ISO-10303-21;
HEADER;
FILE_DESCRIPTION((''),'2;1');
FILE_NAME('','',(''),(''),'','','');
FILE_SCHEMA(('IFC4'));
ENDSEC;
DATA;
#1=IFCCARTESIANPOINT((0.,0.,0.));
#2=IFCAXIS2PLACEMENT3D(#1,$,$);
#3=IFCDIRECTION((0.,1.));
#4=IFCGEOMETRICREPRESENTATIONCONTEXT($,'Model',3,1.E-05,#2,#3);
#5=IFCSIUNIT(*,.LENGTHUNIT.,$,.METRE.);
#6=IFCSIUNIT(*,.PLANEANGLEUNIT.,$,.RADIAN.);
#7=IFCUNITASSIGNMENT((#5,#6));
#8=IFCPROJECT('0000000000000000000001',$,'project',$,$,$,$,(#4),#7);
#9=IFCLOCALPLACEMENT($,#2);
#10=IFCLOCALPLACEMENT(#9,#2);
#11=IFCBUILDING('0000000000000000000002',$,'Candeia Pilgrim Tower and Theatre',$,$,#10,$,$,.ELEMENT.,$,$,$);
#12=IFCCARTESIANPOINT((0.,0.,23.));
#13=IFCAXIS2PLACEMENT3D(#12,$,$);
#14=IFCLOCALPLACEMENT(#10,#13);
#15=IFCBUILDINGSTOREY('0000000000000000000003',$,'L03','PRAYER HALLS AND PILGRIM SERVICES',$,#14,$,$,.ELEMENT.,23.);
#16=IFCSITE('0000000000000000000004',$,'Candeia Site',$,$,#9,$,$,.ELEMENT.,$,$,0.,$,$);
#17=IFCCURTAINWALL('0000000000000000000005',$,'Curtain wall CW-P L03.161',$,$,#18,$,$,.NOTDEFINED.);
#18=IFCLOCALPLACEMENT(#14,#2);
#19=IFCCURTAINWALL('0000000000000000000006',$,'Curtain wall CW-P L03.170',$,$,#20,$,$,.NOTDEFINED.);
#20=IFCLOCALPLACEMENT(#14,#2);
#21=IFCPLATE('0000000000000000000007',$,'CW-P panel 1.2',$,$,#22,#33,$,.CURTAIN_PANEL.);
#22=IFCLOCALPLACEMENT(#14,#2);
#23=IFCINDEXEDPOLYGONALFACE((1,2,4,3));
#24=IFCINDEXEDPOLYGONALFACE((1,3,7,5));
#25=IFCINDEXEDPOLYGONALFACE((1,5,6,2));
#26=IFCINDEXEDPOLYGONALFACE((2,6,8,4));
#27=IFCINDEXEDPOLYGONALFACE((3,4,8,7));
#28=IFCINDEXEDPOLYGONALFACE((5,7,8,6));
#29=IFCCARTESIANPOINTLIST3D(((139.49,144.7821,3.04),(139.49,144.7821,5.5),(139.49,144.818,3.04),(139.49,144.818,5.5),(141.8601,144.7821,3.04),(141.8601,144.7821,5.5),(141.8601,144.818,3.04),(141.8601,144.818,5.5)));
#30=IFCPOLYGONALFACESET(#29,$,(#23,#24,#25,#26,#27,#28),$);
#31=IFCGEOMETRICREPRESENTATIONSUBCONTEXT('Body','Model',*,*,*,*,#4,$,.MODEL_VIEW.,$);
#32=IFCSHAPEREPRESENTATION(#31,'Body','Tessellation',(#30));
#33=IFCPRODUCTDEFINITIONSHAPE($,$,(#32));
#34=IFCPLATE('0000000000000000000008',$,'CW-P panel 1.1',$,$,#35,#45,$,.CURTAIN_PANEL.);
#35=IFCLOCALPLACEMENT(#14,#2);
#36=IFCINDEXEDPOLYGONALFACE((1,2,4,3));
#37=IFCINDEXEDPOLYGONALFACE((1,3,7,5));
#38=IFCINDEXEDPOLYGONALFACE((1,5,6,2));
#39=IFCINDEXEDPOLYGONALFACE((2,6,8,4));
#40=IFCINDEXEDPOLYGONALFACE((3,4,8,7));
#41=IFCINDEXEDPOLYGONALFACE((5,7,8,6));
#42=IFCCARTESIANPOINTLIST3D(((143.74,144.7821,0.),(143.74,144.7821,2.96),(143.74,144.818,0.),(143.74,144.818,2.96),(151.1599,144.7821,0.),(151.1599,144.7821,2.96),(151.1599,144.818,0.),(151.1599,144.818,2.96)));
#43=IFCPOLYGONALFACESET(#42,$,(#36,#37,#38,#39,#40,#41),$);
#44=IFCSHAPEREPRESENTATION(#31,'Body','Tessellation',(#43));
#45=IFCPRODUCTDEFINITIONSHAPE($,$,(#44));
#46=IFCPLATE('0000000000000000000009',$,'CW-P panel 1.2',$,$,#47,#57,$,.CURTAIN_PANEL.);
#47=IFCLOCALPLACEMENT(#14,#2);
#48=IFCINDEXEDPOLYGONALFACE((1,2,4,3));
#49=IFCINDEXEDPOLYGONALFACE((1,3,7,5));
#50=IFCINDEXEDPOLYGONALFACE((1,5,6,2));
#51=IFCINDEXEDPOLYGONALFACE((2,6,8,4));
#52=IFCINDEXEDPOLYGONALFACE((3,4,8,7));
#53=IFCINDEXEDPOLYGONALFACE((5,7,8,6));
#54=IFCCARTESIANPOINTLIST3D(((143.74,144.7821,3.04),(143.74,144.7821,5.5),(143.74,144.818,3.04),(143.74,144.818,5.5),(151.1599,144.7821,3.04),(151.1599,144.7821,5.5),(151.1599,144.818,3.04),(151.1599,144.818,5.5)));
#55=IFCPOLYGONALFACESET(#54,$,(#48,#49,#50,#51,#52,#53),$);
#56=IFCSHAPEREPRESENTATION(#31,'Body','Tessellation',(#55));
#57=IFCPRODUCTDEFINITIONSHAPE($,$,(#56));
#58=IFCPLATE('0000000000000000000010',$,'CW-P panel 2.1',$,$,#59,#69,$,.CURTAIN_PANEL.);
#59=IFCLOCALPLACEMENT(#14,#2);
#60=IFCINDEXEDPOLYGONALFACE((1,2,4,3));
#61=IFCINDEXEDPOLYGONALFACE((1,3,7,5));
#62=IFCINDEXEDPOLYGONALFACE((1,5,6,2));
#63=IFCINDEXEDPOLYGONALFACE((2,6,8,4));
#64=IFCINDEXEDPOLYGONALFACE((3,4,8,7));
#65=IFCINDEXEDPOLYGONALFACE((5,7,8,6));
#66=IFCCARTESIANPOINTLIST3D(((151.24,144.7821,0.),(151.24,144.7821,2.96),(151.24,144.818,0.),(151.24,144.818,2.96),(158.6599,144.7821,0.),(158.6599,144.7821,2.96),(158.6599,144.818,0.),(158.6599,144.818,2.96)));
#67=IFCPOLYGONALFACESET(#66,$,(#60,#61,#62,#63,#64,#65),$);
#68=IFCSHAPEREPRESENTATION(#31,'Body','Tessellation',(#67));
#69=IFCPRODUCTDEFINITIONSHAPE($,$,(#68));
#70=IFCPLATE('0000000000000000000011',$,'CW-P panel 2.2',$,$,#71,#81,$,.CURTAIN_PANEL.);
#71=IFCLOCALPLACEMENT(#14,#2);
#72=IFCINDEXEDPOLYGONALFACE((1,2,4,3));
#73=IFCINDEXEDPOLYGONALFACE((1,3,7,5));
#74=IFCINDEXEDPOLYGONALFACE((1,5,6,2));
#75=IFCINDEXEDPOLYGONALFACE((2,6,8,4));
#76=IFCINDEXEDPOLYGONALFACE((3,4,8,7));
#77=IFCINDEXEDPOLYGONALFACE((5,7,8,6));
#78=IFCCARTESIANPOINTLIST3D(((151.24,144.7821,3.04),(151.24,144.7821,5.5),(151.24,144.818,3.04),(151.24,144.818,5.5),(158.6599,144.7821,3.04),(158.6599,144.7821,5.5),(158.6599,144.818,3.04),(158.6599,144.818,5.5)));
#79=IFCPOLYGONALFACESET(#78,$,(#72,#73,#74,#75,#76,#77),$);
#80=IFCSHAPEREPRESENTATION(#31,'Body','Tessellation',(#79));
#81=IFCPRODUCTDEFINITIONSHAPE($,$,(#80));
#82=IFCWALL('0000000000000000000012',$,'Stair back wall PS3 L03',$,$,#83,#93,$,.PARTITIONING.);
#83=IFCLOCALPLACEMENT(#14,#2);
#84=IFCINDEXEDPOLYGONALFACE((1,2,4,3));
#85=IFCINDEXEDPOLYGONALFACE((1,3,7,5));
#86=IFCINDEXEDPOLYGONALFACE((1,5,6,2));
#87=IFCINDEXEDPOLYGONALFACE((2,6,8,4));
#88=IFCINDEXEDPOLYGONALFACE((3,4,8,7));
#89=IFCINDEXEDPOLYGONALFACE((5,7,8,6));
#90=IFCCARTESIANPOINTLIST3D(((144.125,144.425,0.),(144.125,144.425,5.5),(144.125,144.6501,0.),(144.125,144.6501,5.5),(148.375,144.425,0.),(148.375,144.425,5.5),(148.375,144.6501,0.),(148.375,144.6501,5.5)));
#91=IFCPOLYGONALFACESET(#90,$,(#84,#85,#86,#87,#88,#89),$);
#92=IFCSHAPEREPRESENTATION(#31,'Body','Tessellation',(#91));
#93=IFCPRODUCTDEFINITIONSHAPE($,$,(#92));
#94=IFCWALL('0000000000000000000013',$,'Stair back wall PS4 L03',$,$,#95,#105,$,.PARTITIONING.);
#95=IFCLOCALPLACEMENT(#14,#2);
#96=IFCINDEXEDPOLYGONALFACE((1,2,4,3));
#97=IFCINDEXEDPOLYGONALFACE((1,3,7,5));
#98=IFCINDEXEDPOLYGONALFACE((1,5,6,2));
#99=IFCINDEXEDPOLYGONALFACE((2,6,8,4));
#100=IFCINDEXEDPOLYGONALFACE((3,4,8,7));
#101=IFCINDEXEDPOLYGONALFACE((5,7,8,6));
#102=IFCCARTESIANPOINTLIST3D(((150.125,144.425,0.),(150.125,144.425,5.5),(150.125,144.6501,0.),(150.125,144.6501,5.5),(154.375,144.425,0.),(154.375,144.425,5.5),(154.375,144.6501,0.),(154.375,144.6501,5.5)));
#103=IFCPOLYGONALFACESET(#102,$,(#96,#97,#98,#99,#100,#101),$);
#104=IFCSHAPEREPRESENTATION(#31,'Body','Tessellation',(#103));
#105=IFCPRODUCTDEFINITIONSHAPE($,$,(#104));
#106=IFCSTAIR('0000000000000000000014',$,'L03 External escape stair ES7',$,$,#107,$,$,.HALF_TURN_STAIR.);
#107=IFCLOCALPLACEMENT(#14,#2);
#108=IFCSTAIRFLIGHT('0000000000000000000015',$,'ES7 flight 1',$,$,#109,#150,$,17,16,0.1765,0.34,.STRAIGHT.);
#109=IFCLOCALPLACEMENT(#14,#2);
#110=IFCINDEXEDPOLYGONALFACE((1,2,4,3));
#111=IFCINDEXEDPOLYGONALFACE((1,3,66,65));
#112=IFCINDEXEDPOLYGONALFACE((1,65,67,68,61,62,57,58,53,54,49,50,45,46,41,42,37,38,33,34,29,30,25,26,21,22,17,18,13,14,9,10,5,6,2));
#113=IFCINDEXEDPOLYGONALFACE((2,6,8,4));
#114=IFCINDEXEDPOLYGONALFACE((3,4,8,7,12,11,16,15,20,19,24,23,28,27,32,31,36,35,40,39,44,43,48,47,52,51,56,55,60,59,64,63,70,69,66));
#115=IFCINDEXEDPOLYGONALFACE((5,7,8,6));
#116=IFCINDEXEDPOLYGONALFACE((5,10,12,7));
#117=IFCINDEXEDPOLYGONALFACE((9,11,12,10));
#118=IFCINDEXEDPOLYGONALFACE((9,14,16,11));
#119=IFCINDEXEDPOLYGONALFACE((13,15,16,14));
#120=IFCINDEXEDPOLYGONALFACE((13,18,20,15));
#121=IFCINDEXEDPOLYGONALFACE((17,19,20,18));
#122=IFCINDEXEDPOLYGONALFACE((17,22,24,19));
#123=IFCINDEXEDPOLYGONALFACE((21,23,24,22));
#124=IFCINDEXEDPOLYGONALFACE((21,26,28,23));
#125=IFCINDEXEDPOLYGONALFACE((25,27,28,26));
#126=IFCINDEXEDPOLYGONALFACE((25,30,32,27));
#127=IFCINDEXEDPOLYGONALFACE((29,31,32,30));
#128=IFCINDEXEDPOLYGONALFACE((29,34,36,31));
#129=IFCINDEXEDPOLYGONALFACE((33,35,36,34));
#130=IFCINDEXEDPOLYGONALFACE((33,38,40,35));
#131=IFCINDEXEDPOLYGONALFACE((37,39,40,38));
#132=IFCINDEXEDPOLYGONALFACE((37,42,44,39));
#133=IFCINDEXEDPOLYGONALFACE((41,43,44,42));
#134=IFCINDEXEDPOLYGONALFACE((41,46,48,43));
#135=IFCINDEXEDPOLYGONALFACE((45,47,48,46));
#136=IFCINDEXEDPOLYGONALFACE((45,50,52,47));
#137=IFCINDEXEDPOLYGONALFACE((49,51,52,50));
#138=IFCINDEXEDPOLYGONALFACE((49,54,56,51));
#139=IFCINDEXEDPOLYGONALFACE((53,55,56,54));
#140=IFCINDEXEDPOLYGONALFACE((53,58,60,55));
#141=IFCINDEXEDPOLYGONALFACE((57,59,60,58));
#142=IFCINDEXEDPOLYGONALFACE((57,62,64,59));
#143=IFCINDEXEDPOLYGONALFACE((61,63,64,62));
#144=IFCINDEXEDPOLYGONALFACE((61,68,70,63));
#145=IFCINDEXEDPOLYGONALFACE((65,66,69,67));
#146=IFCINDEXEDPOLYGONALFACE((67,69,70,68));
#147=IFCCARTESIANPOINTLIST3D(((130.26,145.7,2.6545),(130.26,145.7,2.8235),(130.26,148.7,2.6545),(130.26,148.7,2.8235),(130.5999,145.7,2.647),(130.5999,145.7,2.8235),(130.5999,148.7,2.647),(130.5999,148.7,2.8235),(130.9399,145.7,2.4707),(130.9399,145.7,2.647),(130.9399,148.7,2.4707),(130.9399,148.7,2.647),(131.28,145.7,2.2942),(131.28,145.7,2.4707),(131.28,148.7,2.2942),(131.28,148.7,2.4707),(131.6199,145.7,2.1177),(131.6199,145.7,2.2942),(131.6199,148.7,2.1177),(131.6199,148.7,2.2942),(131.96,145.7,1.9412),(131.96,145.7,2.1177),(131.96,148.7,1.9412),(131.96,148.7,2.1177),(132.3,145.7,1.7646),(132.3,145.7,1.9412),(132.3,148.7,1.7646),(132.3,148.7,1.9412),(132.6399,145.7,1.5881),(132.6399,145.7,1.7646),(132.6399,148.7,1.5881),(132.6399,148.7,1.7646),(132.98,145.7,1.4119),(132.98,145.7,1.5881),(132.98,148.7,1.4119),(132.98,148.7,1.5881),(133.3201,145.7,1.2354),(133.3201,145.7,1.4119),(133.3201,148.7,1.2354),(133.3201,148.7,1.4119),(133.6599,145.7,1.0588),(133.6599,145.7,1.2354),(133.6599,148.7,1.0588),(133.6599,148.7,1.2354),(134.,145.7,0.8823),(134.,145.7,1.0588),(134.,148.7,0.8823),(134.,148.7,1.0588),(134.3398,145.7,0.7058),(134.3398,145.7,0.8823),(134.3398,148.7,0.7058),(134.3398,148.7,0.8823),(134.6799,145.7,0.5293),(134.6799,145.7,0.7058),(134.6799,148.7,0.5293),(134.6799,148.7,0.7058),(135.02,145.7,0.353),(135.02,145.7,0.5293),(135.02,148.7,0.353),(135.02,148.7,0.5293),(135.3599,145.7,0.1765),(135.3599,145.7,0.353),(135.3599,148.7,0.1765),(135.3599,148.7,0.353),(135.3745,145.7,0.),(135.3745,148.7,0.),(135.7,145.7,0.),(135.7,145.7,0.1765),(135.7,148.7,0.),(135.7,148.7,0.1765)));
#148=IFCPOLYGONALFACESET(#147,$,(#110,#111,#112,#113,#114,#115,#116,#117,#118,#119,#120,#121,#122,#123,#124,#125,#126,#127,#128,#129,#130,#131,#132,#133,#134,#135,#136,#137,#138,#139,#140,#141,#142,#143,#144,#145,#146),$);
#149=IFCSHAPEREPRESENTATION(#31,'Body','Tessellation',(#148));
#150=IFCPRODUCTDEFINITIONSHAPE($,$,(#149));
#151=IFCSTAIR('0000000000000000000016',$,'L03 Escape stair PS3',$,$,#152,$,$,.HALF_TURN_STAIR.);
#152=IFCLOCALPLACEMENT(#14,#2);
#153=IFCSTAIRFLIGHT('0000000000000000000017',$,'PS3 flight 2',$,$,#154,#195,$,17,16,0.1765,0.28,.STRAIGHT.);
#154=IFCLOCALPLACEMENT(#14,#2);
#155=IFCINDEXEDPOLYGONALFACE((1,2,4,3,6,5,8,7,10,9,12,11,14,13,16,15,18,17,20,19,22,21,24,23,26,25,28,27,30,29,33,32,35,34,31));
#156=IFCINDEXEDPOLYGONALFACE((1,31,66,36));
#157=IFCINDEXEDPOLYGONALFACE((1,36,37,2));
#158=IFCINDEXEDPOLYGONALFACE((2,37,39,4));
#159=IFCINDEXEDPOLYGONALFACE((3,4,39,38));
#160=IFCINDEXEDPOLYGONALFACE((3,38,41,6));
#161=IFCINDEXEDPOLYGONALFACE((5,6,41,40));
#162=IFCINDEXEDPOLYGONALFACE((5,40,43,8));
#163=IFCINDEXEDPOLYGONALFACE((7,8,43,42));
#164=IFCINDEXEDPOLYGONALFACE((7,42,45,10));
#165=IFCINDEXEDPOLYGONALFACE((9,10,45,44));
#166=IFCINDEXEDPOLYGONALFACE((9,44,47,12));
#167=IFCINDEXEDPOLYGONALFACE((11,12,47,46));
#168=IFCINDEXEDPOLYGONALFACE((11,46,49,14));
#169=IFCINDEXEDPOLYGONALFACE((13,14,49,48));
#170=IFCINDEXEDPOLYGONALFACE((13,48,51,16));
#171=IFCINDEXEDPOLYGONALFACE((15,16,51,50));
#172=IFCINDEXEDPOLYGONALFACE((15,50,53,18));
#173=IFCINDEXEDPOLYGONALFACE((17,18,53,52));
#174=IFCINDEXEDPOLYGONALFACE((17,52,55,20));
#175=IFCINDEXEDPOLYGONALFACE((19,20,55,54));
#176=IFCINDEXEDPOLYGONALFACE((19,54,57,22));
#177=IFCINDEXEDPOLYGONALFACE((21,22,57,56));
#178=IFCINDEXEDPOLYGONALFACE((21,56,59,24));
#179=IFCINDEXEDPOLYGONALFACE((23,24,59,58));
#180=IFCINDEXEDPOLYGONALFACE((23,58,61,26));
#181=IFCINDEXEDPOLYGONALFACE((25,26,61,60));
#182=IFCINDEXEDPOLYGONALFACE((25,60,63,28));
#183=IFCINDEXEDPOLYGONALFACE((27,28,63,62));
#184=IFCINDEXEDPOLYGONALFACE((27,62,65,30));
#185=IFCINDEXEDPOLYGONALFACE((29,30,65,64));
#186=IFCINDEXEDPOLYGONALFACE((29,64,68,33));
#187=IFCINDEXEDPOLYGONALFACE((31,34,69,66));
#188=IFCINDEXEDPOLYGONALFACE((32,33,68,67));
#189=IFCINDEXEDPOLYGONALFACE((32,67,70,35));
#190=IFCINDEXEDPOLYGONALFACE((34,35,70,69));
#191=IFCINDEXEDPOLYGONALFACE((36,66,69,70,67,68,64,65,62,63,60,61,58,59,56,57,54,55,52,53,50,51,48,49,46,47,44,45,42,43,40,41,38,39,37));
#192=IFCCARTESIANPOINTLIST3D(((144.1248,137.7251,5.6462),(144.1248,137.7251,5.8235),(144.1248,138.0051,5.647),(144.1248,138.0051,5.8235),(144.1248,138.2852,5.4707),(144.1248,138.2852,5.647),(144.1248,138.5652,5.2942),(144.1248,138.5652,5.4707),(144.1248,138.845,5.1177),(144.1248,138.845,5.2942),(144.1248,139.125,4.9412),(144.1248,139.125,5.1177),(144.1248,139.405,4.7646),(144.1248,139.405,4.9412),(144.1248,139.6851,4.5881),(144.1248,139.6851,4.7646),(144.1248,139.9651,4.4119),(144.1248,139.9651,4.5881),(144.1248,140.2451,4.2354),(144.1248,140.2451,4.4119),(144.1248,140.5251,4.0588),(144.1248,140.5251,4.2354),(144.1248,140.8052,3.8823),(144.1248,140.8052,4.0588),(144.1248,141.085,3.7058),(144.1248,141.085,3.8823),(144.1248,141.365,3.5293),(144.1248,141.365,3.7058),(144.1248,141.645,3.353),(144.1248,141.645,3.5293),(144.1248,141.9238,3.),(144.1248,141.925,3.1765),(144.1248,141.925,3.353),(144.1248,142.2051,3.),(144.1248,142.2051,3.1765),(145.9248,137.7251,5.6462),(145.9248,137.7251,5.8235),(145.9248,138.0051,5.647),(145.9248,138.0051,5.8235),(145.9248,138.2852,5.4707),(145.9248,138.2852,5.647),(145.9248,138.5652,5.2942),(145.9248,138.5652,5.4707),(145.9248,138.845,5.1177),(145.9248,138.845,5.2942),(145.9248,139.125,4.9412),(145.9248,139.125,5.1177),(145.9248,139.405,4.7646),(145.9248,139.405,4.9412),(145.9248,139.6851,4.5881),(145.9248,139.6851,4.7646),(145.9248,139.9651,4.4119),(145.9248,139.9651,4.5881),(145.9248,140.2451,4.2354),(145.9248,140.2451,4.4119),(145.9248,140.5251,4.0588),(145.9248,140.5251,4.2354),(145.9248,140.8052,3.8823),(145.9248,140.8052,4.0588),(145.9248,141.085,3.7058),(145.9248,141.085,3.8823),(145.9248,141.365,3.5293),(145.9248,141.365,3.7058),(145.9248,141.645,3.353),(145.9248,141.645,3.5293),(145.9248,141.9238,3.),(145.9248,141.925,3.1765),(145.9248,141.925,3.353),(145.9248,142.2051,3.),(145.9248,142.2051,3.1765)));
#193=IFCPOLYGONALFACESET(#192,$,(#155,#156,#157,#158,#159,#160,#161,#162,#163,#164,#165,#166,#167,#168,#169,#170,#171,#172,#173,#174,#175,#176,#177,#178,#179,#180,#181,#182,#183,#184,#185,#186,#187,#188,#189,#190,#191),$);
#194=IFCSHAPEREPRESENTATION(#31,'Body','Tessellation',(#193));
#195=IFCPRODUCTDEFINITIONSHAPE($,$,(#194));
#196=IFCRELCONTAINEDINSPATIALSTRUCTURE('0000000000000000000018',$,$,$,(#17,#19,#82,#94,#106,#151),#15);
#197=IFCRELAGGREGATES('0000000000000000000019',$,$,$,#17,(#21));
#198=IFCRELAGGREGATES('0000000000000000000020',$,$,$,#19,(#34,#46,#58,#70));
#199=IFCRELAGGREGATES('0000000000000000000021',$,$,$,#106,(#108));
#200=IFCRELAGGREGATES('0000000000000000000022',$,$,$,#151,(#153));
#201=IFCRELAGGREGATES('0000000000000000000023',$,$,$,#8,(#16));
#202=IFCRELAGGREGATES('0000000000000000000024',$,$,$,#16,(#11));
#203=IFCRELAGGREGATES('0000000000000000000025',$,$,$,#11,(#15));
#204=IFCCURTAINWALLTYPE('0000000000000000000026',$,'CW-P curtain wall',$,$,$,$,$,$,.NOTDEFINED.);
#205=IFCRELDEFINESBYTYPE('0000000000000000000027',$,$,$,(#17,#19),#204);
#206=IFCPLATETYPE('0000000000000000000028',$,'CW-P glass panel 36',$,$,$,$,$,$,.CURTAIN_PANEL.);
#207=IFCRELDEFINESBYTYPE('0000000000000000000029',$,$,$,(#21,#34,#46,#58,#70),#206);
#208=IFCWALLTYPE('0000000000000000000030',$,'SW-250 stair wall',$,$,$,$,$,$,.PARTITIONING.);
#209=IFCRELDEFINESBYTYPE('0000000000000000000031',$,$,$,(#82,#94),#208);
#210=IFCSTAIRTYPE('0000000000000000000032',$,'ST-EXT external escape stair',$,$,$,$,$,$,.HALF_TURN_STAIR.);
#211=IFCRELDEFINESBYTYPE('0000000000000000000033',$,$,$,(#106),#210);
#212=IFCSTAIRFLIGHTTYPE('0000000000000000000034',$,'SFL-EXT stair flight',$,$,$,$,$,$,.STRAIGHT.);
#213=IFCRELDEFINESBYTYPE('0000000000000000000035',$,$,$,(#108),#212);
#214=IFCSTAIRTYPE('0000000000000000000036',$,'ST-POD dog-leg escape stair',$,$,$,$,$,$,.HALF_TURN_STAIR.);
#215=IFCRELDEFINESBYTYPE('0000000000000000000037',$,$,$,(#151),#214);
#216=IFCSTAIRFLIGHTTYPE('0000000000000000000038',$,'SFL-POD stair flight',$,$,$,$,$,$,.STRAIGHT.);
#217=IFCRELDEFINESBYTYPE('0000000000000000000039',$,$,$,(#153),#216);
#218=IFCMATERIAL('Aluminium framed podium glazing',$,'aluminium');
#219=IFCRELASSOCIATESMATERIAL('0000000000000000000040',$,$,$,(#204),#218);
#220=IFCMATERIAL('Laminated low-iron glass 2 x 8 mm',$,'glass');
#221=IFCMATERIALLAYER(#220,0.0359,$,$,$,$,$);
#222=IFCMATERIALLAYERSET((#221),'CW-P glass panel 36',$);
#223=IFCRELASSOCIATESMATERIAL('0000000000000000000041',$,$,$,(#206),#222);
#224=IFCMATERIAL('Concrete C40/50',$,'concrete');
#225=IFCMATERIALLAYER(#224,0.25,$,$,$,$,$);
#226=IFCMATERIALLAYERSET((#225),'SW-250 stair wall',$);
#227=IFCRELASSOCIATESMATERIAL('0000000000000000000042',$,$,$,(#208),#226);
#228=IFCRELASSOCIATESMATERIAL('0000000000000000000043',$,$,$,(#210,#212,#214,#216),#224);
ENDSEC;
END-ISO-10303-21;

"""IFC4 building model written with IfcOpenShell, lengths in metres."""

from ifc_helpers import new_model, si_unit, direction, frame, frame_2d, origin, origin_2d, place, context, subcontext, project, spatial, polyline, rectangle, outline, extrude, material, layer, layer_set, type_object, element, aggregate, save


model = new_model("IFC4")

# Units and contexts
model_context = context("Model", 3, precision=1e-05, world=origin(), true_north=direction((0.0, 1.0)))
body_context = subcontext(model_context, "Body", "Model", "MODEL_VIEW")
ifc_project = project(units=[si_unit("LENGTHUNIT", "METRE"), si_unit("PLANEANGLEUNIT", "RADIAN")], contexts=[model_context])

# Site, building, storey
site_placement = place(None, origin())
site = spatial("IfcSite", under=ifc_project, at=site_placement, Name="Candeia Site", CompositionType="ELEMENT", RefElevation=0.0)
building_placement = place(site_placement, origin())
building = spatial("IfcBuilding", under=site, at=building_placement, Name="Candeia Pilgrim Tower and Theatre", CompositionType="ELEMENT")
storey_placement = place(building_placement, frame((0.0, 0.0, 23.0)))
storey = spatial("IfcBuildingStorey", under=building, at=storey_placement, Name="L03", Description="PRAYER HALLS AND PILGRIM SERVICES", CompositionType="ELEMENT", Elevation=23.0)

# Shared definitions
ifc_material_1 = material(Name="Concrete C40/50", Category="concrete")

# Curtain walls
ifc_material_2 = material(Name="Aluminium framed podium glazing", Category="aluminium")
curtain_wall_type = type_object("IfcCurtainWallType", Name="CW-P curtain wall", PredefinedType="NOTDEFINED", material=ifc_material_2)
curtain_wall_1_placement = place(storey_placement, origin())
curtain_wall_1 = element("IfcCurtainWall", 1, at=curtain_wall_1_placement, inside=storey, type_object=curtain_wall_type, Name="Curtain wall CW-P L03.161", PredefinedType="NOTDEFINED")
curtain_wall_2_placement = place(storey_placement, origin())
curtain_wall_2 = element("IfcCurtainWall", 2, at=curtain_wall_2_placement, inside=storey, type_object=curtain_wall_type, Name="Curtain wall CW-P L03.170", PredefinedType="NOTDEFINED")

# Plates
ifc_material_3 = material(Name="Laminated low-iron glass 2 x 8 mm", Category="glass")
ifc_layer_1 = layer(ifc_material_3, 0.0359)
ifc_layer_set_1 = layer_set([ifc_layer_1], Name="CW-P glass panel 36")
plate_type = type_object("IfcPlateType", Name="CW-P glass panel 36", PredefinedType="CURTAIN_PANEL", material=ifc_layer_set_1)
plate_1_placement = place(storey_placement, frame((140.675, 144.8, 3.04), z_axis=(0.0, 0.0, 1.0), x_axis=(1.0, 0.0, 0.0)))
plate_1 = element("IfcPlate", 3, at=plate_1_placement, type_object=plate_type, Name="CW-P panel 1.2", PredefinedType="CURTAIN_PANEL", context=body_context, shape_type="SweptSolid", body=[
    extrude(rectangle(XDim=2.3701, YDim=0.0359, at=origin_2d()), origin(), (0.0, 0.0, 1.0), 2.46),
])
aggregate(curtain_wall_1, [plate_1])
plate_2_placement = place(storey_placement, frame((147.45, 144.8, 0.0), z_axis=(0.0, 0.0, 1.0), x_axis=(1.0, 0.0, 0.0)))
plate_2 = element("IfcPlate", 4, at=plate_2_placement, type_object=plate_type, Name="CW-P panel 1.1", PredefinedType="CURTAIN_PANEL", context=body_context, shape_type="SweptSolid", body=[
    extrude(rectangle(XDim=7.4199, YDim=0.0359, at=origin_2d()), origin(), (0.0, 0.0, 1.0), 2.96),
])
plate_3_placement = place(storey_placement, frame((147.45, 144.8, 3.04), z_axis=(0.0, 0.0, 1.0), x_axis=(1.0, 0.0, 0.0)))
plate_3 = element("IfcPlate", 5, at=plate_3_placement, type_object=plate_type, Name="CW-P panel 1.2", PredefinedType="CURTAIN_PANEL", context=body_context, shape_type="SweptSolid", body=[
    extrude(rectangle(XDim=7.4199, YDim=0.0359, at=origin_2d()), origin(), (0.0, 0.0, 1.0), 2.46),
])
plate_4_placement = place(storey_placement, frame((154.95, 144.8, 0.0), z_axis=(0.0, 0.0, 1.0), x_axis=(1.0, 0.0, 0.0)))
plate_4 = element("IfcPlate", 6, at=plate_4_placement, type_object=plate_type, Name="CW-P panel 2.1", PredefinedType="CURTAIN_PANEL", context=body_context, shape_type="SweptSolid", body=[
    extrude(rectangle(XDim=7.4199, YDim=0.0359, at=origin_2d()), origin(), (0.0, 0.0, 1.0), 2.96),
])
plate_5_placement = place(storey_placement, frame((154.95, 144.8, 3.04), z_axis=(0.0, 0.0, 1.0), x_axis=(1.0, 0.0, 0.0)))
plate_5 = element("IfcPlate", 7, at=plate_5_placement, type_object=plate_type, Name="CW-P panel 2.2", PredefinedType="CURTAIN_PANEL", context=body_context, shape_type="SweptSolid", body=[
    extrude(rectangle(XDim=7.4199, YDim=0.0359, at=origin_2d()), origin(), (0.0, 0.0, 1.0), 2.46),
])
aggregate(curtain_wall_2, [plate_2, plate_3, plate_4, plate_5])

# Walls
ifc_layer_2 = layer(ifc_material_1, 0.25)
ifc_layer_set_2 = layer_set([ifc_layer_2], Name="SW-250 stair wall")
wall_type = type_object("IfcWallType", Name="SW-250 stair wall", PredefinedType="PARTITIONING", material=ifc_layer_set_2)
for number, where, z_axis, x_axis, name in (
    (8, (144.125, 144.5376, 0.0), (0.0, 0.0, 1.0), (1.0, 0.0, 0.0), "Stair back wall PS3 L03"),
    (9, (150.125, 144.5376, 0.0), (0.0, 0.0, 1.0), (1.0, 0.0, 0.0), "Stair back wall PS4 L03"),
):
    element("IfcWall", number, at=place(storey_placement, frame(where, z_axis=z_axis, x_axis=x_axis)), inside=storey, type_object=wall_type, Name=name, PredefinedType="PARTITIONING", context=body_context, shape_type="SweptSolid", body=[
        extrude(rectangle(XDim=4.25, YDim=0.2251, at=frame_2d((2.125, 0.0))), origin(), (0.0, 0.0, 1.0), 5.5),
    ])

# Stairs, stair flights
stair_type_1 = type_object("IfcStairType", Name="ST-EXT external escape stair", PredefinedType="HALF_TURN_STAIR", material=ifc_material_1)
stair_1_placement = place(storey_placement, origin())
stair_1 = element("IfcStair", 10, at=stair_1_placement, inside=storey, type_object=stair_type_1, Name="L03 External escape stair ES7", PredefinedType="HALF_TURN_STAIR")
stair_flight_type_1 = type_object("IfcStairFlightType", Name="SFL-EXT stair flight", PredefinedType="STRAIGHT", material=ifc_material_1)
stair_flight_1_placement = place(storey_placement, frame((135.7, 147.2, 0.0), z_axis=(0.0, 0.0, 1.0), x_axis=(-1.0, 0.0, 0.0)))
stair_flight_1 = element("IfcStairFlight", 11, at=stair_flight_1_placement, type_object=stair_flight_type_1, Name="ES7 flight 1", NumberOfRisers=17, NumberOfTreads=16, PredefinedType="STRAIGHT", RiserHeight=0.1765, TreadLength=0.34, context=body_context, shape_type="SweptSolid", body=[
    extrude(outline(polyline([(0.0, 0.0), (0.0, 0.1765), (0.3401, 0.1765), (0.3401, 0.353), (0.6799, 0.353), (0.6799, 0.5293), (1.02, 0.5293), (1.02, 0.7058), (1.3601, 0.7058), (1.3601, 0.8823), (1.7, 0.8823), (1.7, 1.0588), (2.04, 1.0588), (2.04, 1.2354), (2.3799, 1.2354), (2.3799, 1.4119), (2.72, 1.4119), (2.72, 1.5881), (3.0601, 1.5881), (3.0601, 1.7646), (3.3999, 1.7646), (3.3999, 1.9412), (3.74, 1.9412), (3.74, 2.1177), (4.0801, 2.1177), (4.0801, 2.2942), (4.4199, 2.2942), (4.4199, 2.4707), (4.76, 2.4707), (4.76, 2.647), (5.1001, 2.647), (5.1001, 2.8235), (5.4399, 2.8235), (5.4399, 3.0), (5.4399, 2.6545), (0.3254, 0.0), (0.0, 0.0)])), frame((0.0, 1.5, 0.0), z_axis=(0.0, -1.0, 0.0), x_axis=(1.0, 0.0, 0.0)), (0.0, 0.0, 1.0), 3.0),
])
aggregate(stair_1, [stair_flight_1])
stair_type_2 = type_object("IfcStairType", Name="ST-POD dog-leg escape stair", PredefinedType="HALF_TURN_STAIR", material=ifc_material_1)
stair_2_placement = place(storey_placement, origin())
stair_2 = element("IfcStair", 12, at=stair_2_placement, inside=storey, type_object=stair_type_2, Name="L03 Escape stair PS3", PredefinedType="HALF_TURN_STAIR")
stair_flight_type_2 = type_object("IfcStairFlightType", Name="SFL-POD stair flight", PredefinedType="STRAIGHT", material=ifc_material_1)
stair_flight_2_placement = place(storey_placement, frame((145.0249, 142.2051, 3.0), z_axis=(0.0, 0.0, 1.0), x_axis=(0.0, -1.0, 0.0)))
stair_flight_2 = element("IfcStairFlight", 13, at=stair_flight_2_placement, type_object=stair_flight_type_2, Name="PS3 flight 2", NumberOfRisers=17, NumberOfTreads=16, PredefinedType="STRAIGHT", RiserHeight=0.1765, TreadLength=0.28, context=body_context, shape_type="SweptSolid", body=[
    extrude(outline(polyline([(0.0, 0.0), (0.0, 0.1765), (0.28, 0.1765), (0.28, 0.353), (0.5601, 0.353), (0.5601, 0.5293), (0.8401, 0.5293), (0.8401, 0.7058), (1.1201, 0.7058), (1.1201, 0.8823), (1.3999, 0.8823), (1.3999, 1.0588), (1.6799, 1.0588), (1.6799, 1.2354), (1.96, 1.2354), (1.96, 1.4119), (2.24, 1.4119), (2.24, 1.5881), (2.52, 1.5881), (2.52, 1.7646), (2.8, 1.7646), (2.8, 1.9412), (3.0801, 1.9412), (3.0801, 2.1177), (3.3601, 2.1177), (3.3601, 2.2942), (3.6399, 2.2942), (3.6399, 2.4707), (3.9199, 2.4707), (3.9199, 2.647), (4.2, 2.647), (4.2, 2.8235), (4.48, 2.8235), (4.48, 3.0), (4.48, 2.6462), (0.2812, 0.0), (0.0, 0.0)])), frame((0.0, 0.8999, 0.0), z_axis=(0.0, -1.0, 0.0), x_axis=(1.0, 0.0, 0.0)), (0.0, 0.0, 1.0), 1.8),
])
aggregate(stair_2, [stair_flight_2])

save(model, "model.ifc")
